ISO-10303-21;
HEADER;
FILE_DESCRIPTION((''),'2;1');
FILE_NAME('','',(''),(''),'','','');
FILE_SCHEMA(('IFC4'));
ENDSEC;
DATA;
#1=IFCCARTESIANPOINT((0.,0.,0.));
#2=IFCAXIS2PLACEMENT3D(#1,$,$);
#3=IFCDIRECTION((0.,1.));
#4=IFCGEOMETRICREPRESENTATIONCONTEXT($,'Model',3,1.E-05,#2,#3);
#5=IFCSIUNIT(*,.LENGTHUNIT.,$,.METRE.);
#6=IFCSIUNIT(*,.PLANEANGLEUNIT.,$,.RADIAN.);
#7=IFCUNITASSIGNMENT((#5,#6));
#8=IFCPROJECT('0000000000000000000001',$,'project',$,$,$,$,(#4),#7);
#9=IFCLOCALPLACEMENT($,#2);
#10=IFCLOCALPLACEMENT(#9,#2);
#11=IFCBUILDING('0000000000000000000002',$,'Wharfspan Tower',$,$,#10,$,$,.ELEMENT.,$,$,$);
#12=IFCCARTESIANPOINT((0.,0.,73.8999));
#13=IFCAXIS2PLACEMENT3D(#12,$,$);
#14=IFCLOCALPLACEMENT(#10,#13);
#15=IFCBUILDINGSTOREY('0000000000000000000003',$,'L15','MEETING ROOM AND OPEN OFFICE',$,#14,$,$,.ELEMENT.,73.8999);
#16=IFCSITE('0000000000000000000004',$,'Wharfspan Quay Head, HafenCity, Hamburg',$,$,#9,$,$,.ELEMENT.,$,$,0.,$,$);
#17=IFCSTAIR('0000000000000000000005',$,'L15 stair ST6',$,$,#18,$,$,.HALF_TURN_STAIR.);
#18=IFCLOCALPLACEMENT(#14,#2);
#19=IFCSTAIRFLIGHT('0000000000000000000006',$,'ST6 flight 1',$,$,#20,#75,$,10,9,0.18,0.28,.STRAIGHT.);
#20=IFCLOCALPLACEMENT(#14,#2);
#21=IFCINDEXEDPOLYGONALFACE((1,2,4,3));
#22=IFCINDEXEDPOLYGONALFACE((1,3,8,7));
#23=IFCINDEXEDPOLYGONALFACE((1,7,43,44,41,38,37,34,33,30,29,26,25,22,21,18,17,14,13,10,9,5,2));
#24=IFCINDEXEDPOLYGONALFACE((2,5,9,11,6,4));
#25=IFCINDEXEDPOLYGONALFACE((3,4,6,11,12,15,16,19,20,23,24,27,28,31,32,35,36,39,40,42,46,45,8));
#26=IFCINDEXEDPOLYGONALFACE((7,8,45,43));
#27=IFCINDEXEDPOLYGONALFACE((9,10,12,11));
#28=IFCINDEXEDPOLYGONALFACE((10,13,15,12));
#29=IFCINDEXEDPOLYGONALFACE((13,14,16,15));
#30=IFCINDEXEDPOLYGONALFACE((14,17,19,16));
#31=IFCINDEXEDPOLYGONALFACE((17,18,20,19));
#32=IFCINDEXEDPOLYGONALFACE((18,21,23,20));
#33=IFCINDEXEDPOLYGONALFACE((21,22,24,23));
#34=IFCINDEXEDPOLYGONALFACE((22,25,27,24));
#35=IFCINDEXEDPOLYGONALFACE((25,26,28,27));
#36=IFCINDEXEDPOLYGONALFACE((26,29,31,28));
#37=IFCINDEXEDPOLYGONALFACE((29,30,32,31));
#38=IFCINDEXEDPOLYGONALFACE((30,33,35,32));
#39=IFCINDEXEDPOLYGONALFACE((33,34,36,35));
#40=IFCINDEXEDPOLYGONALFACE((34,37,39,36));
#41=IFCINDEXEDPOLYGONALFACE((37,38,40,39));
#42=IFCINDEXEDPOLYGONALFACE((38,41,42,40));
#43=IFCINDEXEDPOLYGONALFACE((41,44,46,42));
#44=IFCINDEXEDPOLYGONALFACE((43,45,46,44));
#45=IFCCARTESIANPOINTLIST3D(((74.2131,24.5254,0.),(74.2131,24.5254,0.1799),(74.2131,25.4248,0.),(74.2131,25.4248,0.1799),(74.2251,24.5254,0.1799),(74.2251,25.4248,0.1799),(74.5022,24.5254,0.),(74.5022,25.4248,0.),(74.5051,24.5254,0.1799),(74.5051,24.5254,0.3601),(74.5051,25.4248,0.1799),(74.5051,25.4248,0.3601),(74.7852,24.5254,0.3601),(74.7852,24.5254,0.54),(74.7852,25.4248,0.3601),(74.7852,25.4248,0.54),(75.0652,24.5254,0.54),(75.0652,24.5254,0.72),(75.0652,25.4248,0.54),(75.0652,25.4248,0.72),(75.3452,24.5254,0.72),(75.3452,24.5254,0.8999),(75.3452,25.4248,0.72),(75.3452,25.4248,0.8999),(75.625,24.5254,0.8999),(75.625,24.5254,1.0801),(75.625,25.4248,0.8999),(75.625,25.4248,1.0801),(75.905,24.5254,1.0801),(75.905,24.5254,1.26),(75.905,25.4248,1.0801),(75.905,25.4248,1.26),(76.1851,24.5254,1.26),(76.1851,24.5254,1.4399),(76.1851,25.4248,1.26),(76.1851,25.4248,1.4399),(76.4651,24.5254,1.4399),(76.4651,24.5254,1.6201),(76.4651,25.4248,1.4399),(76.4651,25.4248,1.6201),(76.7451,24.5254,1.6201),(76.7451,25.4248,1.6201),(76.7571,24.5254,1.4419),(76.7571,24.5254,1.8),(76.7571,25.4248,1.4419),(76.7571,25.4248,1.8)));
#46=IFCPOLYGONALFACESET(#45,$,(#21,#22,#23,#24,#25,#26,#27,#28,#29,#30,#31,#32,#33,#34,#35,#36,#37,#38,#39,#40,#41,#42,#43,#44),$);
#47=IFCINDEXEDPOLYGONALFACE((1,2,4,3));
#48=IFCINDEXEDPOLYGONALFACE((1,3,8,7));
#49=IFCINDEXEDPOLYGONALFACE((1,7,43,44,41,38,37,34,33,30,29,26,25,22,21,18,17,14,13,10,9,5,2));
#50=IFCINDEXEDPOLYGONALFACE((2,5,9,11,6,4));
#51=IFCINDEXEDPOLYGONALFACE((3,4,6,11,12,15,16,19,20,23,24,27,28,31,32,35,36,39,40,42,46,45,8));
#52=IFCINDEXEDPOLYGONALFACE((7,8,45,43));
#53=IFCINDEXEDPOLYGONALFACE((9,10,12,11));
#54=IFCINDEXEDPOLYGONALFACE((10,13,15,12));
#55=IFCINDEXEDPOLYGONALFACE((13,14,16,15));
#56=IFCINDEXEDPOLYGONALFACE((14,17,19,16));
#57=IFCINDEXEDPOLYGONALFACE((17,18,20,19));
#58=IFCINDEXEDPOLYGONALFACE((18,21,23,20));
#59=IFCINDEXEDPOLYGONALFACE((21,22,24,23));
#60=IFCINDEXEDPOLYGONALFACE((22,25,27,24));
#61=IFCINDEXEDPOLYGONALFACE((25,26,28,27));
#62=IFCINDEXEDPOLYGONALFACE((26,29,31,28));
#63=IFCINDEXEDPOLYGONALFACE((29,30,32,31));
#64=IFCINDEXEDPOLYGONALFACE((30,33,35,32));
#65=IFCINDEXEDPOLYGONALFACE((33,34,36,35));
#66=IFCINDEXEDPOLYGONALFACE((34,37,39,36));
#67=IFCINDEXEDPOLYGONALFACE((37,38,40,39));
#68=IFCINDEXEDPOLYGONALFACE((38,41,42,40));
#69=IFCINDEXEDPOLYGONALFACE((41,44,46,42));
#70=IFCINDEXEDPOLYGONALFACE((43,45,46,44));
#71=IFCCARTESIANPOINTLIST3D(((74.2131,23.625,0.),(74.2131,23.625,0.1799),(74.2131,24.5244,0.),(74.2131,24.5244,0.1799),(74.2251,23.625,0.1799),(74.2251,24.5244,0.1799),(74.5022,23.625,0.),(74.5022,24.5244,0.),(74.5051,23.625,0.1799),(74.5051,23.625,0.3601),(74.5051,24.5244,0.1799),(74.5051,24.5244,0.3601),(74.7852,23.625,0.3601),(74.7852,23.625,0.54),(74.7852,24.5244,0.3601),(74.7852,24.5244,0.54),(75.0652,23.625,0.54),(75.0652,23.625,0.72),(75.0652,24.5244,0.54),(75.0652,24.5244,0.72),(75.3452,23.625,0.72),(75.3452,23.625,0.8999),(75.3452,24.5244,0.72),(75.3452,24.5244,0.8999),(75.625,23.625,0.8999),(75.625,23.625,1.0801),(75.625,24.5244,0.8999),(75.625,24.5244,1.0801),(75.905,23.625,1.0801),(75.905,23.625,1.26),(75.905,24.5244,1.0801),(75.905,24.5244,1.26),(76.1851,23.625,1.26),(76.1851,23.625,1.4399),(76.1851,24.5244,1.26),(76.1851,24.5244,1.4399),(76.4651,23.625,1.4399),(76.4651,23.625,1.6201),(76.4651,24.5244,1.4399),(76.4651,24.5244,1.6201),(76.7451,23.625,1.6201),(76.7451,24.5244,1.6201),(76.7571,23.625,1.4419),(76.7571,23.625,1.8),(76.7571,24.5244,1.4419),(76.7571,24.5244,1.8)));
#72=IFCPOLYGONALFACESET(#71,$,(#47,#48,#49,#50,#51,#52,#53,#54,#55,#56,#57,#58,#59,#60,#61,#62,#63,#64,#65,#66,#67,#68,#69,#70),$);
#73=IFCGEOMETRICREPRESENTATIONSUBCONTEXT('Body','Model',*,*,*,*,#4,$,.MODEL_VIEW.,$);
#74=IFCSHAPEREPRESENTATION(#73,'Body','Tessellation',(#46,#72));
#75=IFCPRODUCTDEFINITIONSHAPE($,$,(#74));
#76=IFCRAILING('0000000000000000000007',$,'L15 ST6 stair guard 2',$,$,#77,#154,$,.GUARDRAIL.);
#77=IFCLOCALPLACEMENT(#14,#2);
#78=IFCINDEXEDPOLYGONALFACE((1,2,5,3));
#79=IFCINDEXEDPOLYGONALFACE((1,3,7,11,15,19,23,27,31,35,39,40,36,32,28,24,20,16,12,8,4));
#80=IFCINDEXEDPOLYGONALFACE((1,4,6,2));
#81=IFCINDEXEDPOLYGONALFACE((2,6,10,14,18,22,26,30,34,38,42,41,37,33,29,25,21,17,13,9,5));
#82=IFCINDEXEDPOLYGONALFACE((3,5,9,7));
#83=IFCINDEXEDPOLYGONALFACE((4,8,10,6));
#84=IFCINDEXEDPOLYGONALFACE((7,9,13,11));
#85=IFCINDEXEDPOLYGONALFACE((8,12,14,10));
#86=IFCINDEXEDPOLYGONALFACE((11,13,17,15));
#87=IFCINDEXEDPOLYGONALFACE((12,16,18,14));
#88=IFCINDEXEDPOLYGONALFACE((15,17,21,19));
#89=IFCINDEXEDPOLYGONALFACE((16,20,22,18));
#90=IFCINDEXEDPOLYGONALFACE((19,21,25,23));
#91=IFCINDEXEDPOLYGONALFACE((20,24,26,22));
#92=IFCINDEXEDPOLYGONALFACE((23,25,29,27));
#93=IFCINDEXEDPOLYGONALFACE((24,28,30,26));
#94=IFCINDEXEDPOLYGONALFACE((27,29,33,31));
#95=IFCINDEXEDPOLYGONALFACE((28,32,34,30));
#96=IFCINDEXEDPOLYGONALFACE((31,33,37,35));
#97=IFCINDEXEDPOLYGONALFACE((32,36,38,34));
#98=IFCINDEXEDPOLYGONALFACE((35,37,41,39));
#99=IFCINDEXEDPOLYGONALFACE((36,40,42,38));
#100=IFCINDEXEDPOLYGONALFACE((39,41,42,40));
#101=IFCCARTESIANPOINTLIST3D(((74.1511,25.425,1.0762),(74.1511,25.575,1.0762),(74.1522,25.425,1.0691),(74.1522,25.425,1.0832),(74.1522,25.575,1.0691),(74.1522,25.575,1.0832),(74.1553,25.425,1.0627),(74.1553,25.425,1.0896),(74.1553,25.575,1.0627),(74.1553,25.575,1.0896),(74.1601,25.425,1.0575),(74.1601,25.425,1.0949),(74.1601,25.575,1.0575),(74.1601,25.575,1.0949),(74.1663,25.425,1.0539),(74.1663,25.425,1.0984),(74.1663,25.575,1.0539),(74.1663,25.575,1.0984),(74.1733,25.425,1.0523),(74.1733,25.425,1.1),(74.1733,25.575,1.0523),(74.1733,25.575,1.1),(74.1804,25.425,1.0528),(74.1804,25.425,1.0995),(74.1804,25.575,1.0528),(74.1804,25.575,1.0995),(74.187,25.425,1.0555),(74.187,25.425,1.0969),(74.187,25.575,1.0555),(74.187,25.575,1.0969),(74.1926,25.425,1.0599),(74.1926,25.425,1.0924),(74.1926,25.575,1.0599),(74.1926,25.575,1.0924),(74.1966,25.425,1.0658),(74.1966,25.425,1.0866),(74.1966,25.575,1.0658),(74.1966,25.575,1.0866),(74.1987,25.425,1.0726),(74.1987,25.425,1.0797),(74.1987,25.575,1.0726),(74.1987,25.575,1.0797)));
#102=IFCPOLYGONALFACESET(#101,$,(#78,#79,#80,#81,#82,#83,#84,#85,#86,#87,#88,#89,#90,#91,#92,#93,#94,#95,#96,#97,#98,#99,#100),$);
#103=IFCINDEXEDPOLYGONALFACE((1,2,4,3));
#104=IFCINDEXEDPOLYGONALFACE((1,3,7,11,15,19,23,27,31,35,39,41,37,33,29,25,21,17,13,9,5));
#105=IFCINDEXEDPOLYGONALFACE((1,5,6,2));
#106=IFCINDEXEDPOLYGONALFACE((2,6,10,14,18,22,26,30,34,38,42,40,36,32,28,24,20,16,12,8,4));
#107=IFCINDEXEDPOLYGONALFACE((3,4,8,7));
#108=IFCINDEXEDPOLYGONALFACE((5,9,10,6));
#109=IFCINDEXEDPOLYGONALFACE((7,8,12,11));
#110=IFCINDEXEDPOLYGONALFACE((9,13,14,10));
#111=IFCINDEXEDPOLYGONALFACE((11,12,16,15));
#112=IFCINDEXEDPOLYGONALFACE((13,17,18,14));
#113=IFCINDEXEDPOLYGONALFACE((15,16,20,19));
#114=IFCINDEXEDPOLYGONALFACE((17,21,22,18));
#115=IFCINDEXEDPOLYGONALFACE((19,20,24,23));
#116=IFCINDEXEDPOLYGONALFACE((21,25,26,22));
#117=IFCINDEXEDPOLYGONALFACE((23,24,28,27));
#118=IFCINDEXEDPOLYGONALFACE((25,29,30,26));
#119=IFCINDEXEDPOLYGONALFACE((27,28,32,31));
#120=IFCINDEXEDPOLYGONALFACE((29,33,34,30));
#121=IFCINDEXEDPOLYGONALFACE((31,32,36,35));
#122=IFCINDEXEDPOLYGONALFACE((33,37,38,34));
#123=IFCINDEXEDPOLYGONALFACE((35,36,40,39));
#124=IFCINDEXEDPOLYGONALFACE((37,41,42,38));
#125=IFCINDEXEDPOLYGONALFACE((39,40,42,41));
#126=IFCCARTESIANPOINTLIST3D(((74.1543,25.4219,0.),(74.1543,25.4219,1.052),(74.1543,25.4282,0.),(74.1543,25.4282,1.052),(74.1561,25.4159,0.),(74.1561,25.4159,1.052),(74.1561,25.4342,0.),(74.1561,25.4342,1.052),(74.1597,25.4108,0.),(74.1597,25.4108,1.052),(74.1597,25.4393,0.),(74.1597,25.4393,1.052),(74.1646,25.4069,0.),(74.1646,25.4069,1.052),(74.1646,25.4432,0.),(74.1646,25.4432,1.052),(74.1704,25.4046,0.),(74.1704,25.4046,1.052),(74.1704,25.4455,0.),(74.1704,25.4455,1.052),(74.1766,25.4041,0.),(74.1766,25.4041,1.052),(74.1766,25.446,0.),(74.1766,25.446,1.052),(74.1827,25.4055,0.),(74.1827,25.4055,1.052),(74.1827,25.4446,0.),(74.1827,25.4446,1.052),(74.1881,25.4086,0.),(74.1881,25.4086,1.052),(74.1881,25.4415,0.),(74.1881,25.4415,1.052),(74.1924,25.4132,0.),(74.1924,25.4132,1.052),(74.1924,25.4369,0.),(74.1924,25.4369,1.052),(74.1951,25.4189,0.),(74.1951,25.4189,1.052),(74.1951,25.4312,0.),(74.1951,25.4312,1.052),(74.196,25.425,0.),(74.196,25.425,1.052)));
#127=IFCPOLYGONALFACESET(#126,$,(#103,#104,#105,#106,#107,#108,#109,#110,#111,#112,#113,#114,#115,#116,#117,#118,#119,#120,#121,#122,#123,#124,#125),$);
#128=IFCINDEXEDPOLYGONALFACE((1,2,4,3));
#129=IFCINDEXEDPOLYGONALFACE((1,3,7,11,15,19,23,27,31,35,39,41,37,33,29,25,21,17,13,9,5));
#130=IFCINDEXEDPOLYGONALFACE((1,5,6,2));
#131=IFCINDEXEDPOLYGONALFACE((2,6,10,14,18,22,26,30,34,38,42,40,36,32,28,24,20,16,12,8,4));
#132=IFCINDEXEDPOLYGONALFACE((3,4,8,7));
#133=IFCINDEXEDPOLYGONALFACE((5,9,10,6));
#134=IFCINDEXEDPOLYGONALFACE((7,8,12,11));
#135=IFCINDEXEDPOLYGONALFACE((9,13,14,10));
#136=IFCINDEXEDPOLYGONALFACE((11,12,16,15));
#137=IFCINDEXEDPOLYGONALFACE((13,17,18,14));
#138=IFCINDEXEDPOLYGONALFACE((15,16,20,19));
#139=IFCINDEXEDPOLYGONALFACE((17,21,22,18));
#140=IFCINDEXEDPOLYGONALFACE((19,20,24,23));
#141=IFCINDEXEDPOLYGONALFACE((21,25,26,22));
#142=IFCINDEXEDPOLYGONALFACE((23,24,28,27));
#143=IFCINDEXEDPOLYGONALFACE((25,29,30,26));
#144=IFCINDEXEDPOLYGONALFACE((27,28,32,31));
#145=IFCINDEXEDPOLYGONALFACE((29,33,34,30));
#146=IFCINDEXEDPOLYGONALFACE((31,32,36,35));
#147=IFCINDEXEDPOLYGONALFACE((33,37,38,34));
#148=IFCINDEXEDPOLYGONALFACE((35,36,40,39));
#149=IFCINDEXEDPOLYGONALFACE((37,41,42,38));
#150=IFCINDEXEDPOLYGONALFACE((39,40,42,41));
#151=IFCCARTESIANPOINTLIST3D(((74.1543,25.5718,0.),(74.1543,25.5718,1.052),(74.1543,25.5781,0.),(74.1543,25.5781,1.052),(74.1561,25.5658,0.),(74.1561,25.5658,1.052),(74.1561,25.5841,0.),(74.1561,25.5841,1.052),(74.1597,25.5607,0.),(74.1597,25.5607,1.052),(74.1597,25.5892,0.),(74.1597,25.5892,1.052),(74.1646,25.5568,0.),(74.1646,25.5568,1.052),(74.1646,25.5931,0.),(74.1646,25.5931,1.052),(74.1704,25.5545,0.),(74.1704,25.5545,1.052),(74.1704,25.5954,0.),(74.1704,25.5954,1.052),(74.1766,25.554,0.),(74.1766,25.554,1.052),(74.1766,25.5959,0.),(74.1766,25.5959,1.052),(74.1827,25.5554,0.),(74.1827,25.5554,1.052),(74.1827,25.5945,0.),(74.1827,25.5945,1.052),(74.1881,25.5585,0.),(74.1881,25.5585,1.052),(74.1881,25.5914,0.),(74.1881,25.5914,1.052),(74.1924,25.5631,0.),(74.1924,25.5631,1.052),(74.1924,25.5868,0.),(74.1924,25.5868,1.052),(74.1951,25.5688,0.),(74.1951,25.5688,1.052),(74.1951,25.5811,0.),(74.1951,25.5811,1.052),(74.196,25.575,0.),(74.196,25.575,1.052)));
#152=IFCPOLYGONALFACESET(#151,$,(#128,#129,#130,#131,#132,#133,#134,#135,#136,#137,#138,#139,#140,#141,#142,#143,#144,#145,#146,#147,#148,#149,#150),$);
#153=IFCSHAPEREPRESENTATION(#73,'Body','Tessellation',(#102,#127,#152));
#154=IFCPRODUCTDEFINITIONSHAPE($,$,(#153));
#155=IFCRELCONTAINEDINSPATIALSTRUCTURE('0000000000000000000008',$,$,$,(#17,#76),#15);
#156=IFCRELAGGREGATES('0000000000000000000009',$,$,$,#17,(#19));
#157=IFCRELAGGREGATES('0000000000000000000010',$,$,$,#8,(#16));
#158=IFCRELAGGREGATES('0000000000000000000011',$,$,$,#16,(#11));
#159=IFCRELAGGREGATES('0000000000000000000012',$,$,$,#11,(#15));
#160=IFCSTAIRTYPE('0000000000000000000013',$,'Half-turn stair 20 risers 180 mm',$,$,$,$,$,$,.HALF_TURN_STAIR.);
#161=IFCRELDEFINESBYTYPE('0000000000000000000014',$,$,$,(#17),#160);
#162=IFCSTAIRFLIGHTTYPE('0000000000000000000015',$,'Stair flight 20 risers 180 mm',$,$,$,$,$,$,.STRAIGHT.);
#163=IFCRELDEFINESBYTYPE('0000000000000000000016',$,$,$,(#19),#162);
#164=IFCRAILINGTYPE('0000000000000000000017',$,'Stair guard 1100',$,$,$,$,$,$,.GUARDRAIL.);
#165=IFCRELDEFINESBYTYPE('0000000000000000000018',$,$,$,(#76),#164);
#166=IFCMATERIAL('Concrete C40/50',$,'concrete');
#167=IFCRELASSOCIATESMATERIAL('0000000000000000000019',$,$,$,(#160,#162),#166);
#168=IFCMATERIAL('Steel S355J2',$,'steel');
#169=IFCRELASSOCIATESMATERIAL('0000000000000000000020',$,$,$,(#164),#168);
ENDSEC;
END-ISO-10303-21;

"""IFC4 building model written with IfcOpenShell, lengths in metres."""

from ifc_helpers import new_model, si_unit, direction, frame, origin, origin_2d, place, context, subcontext, project, spatial, polyline, circle, outline, extrude, material, type_object, element, aggregate, save


model = new_model("IFC4")

# Units and contexts
model_context = context("Model", 3, precision=1e-05, world=origin(), true_north=direction((0.0, 1.0)))
body_context = subcontext(model_context, "Body", "Model", "MODEL_VIEW")
ifc_project = project(units=[si_unit("LENGTHUNIT", "METRE"), si_unit("PLANEANGLEUNIT", "RADIAN")], contexts=[model_context])

# Site, building, storey
site_placement = place(None, origin())
site = spatial("IfcSite", under=ifc_project, at=site_placement, Name="Wharfspan Quay Head, HafenCity, Hamburg", CompositionType="ELEMENT", RefElevation=0.0)
building_placement = place(site_placement, origin())
building = spatial("IfcBuilding", under=site, at=building_placement, Name="Wharfspan Tower", CompositionType="ELEMENT")
storey_placement = place(building_placement, frame((0.0, 0.0, 73.8999)))
storey = spatial("IfcBuildingStorey", under=building, at=storey_placement, Name="L15", Description="MEETING ROOM AND OPEN OFFICE", CompositionType="ELEMENT", Elevation=73.8999)

# Shared definitions
ifc_material_1 = material(Name="Steel S355J2", Category="steel")

# Shared definitions
ifc_material_2 = material(Name="Concrete C40/50", Category="concrete")

# Stair, stair flight
stair_type = type_object("IfcStairType", Name="Half-turn stair 20 risers 180 mm", PredefinedType="HALF_TURN_STAIR", material=ifc_material_2)
stair_placement = place(storey_placement, origin())
stair = element("IfcStair", 1, at=stair_placement, inside=storey, type_object=stair_type, Name="L15 stair ST6", PredefinedType="HALF_TURN_STAIR")
stair_flight_type = type_object("IfcStairFlightType", Name="Stair flight 20 risers 180 mm", PredefinedType="STRAIGHT", material=ifc_material_2)
stair_flight_placement = place(storey_placement, frame((74.2251, 24.5249, 0.0), z_axis=(0.0, 0.0, 1.0), x_axis=(1.0, 0.0, 0.0)))
stair_flight = element("IfcStairFlight", 2, at=stair_flight_placement, type_object=stair_flight_type, Name="ST6 flight 1", NumberOfRisers=10, NumberOfTreads=9, PredefinedType="STRAIGHT", RiserHeight=0.18, TreadLength=0.28, context=body_context, shape_type="SweptSolid", body=[
    extrude(outline(polyline([(-0.012, 0.0), (-0.012, 0.1799), (0.0, 0.1799), (0.28, 0.1799), (0.28, 0.3601), (0.5601, 0.3601), (0.5601, 0.54), (0.8401, 0.54), (0.8401, 0.72), (1.1201, 0.72), (1.1201, 0.8999), (1.3999, 0.8999), (1.3999, 1.0801), (1.6799, 1.0801), (1.6799, 1.26), (1.96, 1.26), (1.96, 1.4399), (2.24, 1.4399), (2.24, 1.6201), (2.52, 1.6201), (2.532, 1.8), (2.532, 1.4419), (0.2771, 0.0), (-0.012, 0.0)])), frame((0.0, 0.8999, 0.0), z_axis=(0.0, -1.0, 0.0), x_axis=(1.0, 0.0, 0.0)), (0.0, 0.0, 1.0), 0.8994),
    extrude(outline(polyline([(-0.012, 0.0), (-0.012, 0.1799), (0.0, 0.1799), (0.28, 0.1799), (0.28, 0.3601), (0.5601, 0.3601), (0.5601, 0.54), (0.8401, 0.54), (0.8401, 0.72), (1.1201, 0.72), (1.1201, 0.8999), (1.3999, 0.8999), (1.3999, 1.0801), (1.6799, 1.0801), (1.6799, 1.26), (1.96, 1.26), (1.96, 1.4399), (2.24, 1.4399), (2.24, 1.6201), (2.52, 1.6201), (2.532, 1.8), (2.532, 1.4419), (0.2771, 0.0), (-0.012, 0.0)])), frame((0.0, -0.0005, 0.0), z_axis=(0.0, -1.0, 0.0), x_axis=(1.0, 0.0, 0.0)), (0.0, 0.0, 1.0), 0.8994),
])
aggregate(stair, [stair_flight])

# Railing
railing_type_1 = type_object("IfcRailingType", Name="Stair guard 1100", PredefinedType="GUARDRAIL", material=ifc_material_1)
railing_1_placement = place(storey_placement, frame((74.175, 25.425, 0.0)))
element("IfcRailing", 3, at=railing_1_placement, inside=storey, type_object=railing_type_1, Name="L15 ST6 stair guard 2", PredefinedType="GUARDRAIL", context=body_context, shape_type="SweptSolid", body=[
    extrude(circle(Radius=0.0239, at=origin_2d()), frame((0.0, 0.0, 1.0762), z_axis=(0.0, 1.0, 0.0), x_axis=(-1.0, 0.0, 0.0)), (0.0, 0.0, 1.0), 0.1499),
    extrude(circle(Radius=0.021, at=origin_2d()), origin(), (0.0, 0.0, 1.0), 1.052),
    extrude(circle(Radius=0.021, at=origin_2d()), frame((0.0, 0.1499, 0.0)), (0.0, 0.0, 1.0), 1.052),
])

save(model, "model.ifc")
